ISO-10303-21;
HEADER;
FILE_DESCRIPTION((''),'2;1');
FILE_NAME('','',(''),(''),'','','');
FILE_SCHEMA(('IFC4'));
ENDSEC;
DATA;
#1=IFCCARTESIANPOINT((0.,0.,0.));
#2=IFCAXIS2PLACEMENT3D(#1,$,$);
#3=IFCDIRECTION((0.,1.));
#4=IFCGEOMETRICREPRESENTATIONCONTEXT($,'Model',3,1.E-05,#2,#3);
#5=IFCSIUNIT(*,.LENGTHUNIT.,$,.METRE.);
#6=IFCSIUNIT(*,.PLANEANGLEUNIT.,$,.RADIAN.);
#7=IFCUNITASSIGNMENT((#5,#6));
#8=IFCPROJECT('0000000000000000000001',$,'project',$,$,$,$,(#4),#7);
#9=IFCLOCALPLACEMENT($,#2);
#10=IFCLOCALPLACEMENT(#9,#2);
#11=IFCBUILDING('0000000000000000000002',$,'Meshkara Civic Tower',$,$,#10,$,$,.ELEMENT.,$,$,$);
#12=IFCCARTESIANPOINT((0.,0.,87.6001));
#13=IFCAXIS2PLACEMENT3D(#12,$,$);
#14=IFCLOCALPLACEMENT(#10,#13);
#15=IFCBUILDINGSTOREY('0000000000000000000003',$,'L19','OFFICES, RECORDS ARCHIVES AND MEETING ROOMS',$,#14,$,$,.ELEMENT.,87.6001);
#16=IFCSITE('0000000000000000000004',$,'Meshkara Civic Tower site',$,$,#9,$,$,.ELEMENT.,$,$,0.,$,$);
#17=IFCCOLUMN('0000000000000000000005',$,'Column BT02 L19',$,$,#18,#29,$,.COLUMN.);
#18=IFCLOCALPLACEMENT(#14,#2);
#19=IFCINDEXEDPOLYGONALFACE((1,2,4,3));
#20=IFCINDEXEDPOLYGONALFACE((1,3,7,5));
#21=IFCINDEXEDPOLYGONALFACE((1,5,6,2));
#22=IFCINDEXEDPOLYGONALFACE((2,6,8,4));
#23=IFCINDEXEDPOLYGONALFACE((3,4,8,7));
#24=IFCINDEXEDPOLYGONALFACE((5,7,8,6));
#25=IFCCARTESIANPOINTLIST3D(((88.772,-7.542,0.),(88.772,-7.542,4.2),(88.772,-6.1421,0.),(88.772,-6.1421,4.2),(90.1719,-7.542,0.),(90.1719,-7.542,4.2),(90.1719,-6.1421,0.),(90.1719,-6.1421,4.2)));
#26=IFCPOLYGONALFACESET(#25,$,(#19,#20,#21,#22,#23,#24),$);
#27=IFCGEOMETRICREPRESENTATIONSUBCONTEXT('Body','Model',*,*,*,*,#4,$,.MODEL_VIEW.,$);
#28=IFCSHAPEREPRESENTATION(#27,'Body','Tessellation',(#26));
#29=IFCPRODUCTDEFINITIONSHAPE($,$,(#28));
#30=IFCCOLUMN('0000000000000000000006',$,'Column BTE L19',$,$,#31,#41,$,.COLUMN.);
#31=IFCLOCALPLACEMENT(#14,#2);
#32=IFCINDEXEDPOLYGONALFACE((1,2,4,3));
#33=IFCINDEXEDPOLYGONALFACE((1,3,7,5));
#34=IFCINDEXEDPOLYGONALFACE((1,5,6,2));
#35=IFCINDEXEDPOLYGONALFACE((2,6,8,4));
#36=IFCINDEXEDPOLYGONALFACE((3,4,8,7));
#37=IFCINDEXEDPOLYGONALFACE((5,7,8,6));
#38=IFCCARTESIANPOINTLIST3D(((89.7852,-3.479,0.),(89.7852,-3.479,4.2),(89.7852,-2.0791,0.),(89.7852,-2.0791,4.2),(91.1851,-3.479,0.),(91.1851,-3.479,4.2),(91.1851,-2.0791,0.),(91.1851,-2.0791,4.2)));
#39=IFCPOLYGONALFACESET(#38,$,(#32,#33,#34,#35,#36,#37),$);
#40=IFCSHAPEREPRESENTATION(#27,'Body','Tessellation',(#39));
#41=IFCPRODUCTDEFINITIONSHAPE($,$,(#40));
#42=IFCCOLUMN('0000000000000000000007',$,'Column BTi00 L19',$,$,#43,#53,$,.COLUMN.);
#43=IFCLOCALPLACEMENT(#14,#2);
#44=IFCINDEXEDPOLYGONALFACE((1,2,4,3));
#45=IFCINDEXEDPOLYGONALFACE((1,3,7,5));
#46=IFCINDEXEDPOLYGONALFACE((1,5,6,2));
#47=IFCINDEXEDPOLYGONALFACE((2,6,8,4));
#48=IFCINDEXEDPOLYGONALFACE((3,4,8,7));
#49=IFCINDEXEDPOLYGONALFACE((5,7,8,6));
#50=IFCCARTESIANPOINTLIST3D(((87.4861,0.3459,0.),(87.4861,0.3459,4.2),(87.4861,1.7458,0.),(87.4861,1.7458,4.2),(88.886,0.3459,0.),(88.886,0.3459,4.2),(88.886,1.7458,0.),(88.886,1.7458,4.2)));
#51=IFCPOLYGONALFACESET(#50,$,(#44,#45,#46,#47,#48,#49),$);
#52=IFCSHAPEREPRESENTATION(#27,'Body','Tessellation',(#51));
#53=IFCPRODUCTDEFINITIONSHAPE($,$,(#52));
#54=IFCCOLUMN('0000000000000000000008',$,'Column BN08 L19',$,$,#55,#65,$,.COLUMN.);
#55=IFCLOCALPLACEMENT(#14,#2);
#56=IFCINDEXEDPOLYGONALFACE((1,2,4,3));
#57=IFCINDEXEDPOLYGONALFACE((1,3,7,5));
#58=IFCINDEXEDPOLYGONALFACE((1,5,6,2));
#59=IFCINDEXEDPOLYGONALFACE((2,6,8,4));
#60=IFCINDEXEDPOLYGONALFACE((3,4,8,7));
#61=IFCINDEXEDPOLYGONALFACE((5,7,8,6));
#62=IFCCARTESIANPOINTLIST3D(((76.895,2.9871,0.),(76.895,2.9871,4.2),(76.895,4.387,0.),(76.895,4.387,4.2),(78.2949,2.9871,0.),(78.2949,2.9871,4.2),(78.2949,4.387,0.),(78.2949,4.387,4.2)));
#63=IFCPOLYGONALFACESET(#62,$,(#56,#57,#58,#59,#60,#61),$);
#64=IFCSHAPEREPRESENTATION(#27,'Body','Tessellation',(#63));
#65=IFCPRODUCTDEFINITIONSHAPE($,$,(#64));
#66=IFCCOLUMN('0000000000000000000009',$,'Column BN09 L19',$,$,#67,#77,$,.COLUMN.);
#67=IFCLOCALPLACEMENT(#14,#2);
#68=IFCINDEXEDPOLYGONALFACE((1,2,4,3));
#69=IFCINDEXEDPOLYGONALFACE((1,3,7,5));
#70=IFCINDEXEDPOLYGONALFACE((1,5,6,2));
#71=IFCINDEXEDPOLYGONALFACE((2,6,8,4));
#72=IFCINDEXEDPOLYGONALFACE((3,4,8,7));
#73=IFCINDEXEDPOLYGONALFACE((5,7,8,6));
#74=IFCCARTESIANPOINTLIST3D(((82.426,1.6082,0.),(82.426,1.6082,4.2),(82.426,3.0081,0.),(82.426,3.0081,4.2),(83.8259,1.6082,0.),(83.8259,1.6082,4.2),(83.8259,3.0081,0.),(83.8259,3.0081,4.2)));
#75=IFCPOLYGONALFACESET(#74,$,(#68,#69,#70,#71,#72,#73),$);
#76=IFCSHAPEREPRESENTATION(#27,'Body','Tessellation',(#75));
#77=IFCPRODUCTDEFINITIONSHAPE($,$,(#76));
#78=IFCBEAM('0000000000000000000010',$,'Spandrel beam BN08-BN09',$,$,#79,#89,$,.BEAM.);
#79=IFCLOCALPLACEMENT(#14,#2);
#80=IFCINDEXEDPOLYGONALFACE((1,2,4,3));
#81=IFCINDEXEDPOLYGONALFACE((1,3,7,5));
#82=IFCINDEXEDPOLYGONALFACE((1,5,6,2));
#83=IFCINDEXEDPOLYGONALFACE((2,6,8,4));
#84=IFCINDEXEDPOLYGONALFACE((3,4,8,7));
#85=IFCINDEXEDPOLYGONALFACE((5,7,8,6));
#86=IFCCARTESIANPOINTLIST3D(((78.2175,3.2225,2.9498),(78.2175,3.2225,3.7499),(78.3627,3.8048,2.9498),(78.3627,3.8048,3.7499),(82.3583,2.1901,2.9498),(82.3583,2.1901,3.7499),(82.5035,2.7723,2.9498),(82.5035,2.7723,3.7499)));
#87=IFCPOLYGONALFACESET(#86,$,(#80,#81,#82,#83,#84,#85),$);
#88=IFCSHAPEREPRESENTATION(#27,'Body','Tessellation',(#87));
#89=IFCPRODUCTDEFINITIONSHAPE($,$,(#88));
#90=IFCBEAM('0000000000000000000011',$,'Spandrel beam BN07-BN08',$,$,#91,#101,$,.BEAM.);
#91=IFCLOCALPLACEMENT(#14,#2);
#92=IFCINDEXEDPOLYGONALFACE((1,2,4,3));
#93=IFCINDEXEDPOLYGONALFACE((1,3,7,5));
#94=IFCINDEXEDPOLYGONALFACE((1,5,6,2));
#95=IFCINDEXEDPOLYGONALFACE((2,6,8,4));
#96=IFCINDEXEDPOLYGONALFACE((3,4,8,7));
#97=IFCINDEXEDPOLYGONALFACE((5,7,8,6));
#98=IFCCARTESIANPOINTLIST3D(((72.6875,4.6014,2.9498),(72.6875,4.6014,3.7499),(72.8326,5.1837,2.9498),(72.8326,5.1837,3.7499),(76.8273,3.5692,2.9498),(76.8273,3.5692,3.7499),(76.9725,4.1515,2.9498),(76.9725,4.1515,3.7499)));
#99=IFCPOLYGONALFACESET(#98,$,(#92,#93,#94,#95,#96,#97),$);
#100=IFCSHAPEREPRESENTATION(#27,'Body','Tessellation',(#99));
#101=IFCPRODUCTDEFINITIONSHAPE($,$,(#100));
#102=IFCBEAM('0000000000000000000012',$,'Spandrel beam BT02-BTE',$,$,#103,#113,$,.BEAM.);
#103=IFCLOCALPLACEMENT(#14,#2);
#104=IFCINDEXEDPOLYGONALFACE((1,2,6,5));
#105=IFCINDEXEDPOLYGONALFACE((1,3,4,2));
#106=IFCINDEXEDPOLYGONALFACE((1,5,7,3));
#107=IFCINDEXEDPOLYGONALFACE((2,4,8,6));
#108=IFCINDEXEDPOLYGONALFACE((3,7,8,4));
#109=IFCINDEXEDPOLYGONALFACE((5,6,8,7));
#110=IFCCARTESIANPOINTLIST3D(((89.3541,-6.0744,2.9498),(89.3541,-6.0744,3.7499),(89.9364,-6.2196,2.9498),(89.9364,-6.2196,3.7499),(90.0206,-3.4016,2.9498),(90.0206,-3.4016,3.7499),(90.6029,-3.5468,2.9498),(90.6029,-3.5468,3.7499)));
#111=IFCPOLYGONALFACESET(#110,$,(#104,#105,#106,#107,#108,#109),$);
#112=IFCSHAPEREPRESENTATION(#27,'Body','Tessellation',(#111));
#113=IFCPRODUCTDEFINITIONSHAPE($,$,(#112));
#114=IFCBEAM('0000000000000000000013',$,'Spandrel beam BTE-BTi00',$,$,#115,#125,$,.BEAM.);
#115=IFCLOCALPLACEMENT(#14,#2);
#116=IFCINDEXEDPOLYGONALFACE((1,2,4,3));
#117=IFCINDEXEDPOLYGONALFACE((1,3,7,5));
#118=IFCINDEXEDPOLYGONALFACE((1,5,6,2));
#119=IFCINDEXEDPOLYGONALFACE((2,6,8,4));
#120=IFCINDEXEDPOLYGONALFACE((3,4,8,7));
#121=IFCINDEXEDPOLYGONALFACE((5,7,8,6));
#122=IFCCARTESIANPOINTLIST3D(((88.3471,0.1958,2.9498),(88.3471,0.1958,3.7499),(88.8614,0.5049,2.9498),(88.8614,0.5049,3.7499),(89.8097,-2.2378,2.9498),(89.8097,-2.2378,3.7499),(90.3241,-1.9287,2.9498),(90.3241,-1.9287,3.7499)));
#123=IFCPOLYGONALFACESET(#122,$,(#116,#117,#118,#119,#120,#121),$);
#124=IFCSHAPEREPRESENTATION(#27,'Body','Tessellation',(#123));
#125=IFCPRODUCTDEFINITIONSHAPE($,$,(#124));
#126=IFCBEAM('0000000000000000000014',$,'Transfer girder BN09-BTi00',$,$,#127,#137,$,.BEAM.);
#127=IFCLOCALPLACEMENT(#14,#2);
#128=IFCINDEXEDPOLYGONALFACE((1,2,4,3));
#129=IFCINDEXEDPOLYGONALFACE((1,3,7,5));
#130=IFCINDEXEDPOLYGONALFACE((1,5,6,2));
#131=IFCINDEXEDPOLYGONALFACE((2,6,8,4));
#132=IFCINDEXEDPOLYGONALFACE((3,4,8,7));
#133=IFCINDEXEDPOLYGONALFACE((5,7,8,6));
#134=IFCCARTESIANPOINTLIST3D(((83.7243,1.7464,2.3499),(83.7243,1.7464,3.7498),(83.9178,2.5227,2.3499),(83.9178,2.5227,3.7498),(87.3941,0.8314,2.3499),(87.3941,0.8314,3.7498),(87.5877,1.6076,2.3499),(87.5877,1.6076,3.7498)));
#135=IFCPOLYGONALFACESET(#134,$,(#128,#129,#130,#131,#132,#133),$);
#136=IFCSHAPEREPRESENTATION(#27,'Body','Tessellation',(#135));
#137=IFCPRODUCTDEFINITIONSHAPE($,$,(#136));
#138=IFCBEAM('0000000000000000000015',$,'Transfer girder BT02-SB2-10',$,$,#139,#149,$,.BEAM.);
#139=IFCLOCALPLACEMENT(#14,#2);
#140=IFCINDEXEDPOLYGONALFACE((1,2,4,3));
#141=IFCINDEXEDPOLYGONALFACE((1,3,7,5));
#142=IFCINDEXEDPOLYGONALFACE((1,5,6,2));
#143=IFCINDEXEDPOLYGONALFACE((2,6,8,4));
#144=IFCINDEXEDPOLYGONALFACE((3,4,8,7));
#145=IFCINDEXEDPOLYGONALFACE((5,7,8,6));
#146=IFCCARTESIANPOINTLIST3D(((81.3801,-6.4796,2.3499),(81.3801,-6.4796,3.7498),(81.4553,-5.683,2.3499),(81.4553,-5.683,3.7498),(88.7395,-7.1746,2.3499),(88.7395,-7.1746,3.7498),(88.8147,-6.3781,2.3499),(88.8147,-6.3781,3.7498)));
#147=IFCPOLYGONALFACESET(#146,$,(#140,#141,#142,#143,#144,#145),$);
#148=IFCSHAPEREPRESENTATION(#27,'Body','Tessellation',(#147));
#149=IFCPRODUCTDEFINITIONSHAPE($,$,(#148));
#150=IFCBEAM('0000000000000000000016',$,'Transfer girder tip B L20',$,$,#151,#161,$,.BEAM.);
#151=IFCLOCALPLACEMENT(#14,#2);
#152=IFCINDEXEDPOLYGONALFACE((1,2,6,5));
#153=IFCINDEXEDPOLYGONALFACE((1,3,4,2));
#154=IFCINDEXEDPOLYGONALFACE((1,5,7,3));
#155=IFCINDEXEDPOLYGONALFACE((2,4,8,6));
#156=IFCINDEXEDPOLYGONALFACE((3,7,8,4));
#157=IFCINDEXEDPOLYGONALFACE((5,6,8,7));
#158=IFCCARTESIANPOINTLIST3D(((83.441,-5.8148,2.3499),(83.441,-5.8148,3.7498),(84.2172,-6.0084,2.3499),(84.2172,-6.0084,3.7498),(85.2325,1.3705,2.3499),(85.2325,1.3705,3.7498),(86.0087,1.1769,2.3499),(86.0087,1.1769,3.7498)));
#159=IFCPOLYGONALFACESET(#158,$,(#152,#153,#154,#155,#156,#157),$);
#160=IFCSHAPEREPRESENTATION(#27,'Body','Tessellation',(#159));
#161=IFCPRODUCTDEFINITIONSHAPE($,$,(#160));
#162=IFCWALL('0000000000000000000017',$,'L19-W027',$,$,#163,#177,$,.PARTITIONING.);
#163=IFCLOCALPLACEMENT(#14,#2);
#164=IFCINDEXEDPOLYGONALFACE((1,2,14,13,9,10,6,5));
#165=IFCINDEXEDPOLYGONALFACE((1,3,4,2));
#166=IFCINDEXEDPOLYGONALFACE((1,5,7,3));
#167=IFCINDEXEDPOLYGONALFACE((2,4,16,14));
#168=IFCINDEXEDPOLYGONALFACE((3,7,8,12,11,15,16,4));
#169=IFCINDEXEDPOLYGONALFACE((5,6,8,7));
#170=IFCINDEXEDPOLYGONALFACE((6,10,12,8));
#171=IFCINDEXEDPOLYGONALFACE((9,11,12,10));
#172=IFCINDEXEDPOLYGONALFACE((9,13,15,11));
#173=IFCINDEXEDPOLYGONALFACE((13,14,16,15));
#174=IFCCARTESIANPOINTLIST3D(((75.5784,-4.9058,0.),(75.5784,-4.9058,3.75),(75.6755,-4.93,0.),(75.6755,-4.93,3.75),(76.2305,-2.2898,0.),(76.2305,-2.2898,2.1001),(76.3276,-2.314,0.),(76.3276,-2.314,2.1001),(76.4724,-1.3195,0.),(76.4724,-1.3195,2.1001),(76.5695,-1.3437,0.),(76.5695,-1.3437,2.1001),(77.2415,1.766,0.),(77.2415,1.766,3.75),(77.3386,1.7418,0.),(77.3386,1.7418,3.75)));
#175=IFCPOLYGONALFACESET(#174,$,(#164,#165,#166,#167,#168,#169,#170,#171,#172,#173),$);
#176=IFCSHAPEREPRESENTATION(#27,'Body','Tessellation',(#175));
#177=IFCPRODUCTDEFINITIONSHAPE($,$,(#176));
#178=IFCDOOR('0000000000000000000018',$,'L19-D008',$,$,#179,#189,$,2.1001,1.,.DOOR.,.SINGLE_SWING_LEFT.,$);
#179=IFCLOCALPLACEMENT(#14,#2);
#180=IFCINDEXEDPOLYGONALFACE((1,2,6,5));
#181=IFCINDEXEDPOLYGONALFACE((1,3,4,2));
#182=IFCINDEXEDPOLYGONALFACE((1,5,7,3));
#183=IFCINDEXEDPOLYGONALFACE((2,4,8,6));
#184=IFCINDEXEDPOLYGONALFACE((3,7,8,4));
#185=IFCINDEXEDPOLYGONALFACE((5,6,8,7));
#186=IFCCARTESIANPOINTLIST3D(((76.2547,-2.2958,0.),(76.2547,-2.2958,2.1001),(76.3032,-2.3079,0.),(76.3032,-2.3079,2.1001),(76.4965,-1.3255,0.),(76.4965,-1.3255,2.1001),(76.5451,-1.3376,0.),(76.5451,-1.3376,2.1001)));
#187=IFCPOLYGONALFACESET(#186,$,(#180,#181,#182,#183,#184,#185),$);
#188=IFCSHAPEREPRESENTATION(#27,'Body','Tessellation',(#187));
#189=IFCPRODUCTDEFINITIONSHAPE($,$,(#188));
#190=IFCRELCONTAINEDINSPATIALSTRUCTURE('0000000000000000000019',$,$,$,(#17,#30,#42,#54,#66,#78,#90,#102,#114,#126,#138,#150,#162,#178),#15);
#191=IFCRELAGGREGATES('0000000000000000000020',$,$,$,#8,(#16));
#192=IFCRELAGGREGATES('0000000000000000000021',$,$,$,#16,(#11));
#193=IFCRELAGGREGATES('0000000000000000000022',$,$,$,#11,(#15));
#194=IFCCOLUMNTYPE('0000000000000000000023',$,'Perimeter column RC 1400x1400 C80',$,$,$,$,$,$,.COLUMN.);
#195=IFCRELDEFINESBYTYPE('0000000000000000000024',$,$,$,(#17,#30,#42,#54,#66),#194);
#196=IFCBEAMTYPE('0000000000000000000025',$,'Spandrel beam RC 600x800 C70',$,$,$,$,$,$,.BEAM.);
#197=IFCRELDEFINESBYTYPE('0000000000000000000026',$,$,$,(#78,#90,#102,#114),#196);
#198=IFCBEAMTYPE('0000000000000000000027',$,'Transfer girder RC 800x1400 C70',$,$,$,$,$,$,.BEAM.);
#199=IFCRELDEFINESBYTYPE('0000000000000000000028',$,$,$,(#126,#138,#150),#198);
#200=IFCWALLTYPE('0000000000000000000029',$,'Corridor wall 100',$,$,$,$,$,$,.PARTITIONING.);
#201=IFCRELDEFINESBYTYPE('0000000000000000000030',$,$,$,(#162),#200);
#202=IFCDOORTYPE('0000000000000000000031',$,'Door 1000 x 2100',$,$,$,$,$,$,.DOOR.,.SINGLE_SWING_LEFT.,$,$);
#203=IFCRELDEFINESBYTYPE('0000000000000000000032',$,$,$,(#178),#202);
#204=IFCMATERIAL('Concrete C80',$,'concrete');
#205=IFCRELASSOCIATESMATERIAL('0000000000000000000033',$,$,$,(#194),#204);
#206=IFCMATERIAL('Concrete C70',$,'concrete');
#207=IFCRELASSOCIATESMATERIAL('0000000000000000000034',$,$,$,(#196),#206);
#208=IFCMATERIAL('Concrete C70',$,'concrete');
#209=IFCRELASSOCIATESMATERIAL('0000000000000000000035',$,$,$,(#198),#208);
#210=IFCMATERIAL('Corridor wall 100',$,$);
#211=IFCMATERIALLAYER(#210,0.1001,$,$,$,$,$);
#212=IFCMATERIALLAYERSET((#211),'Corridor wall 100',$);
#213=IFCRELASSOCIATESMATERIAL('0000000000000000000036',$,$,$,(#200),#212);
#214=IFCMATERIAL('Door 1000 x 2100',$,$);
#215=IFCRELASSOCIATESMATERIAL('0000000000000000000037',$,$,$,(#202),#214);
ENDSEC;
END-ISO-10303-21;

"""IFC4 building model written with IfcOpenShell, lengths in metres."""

from ifc_helpers import new_model, si_unit, direction, frame, frame_2d, origin, origin_2d, place, context, subcontext, project, spatial, rectangle, extrude, material, layer, layer_set, material_profile, profile_set, type_object, element, fill, save


model = new_model("IFC4")

# Units and contexts
model_context = context("Model", 3, precision=1e-05, world=origin(), true_north=direction((0.0, 1.0)))
body_context = subcontext(model_context, "Body", "Model", "MODEL_VIEW")
ifc_project = project(units=[si_unit("LENGTHUNIT", "METRE"), si_unit("PLANEANGLEUNIT", "RADIAN")], contexts=[model_context])

# Site, building, storey
site_placement = place(None, origin())
site = spatial("IfcSite", under=ifc_project, at=site_placement, Name="Meshkara Civic Tower site", CompositionType="ELEMENT", RefElevation=0.0)
building_placement = place(site_placement, origin())
building = spatial("IfcBuilding", under=site, at=building_placement, Name="Meshkara Civic Tower", CompositionType="ELEMENT")
storey_placement = place(building_placement, frame((0.0, 0.0, 87.6001)))
storey = spatial("IfcBuildingStorey", under=building, at=storey_placement, Name="L19", Description="OFFICES, RECORDS ARCHIVES AND MEETING ROOMS", CompositionType="ELEMENT", Elevation=87.6001)

# Columns
ifc_material_1 = material(Name="Concrete C80", Category="concrete")
ifc_material_profile_1 = material_profile(ifc_material_1, rectangle(XDim=1.3999, YDim=1.3999, at=origin_2d()))
ifc_profile_set_1 = profile_set([ifc_material_profile_1], Name="Concrete C80")
column_type = type_object("IfcColumnType", Name="Perimeter column RC 1400x1400 C80", PredefinedType="COLUMN", material=ifc_profile_set_1)
for number, where, z_axis, x_axis, name in (
    (1, (89.4719, -6.842, 0.0), (0.0, 0.0, 1.0), (1.0, 0.0, 0.0), "Column BT02 L19"),
    (2, (90.4851, -2.7791, 0.0), (0.0, 0.0, 1.0), (1.0, 0.0, 0.0), "Column BTE L19"),
    (3, (88.186, 1.0459, 0.0), (0.0, 0.0, 1.0), (1.0, 0.0, 0.0), "Column BTi00 L19"),
    (4, (77.595, 3.687, 0.0), (0.0, 0.0, 1.0), (1.0, 0.0, 0.0), "Column BN08 L19"),
    (5, (83.126, 2.3081, 0.0), (0.0, 0.0, 1.0), (1.0, 0.0, 0.0), "Column BN09 L19"),
):
    element("IfcColumn", number, at=place(storey_placement, frame(where, z_axis=z_axis, x_axis=x_axis)), inside=storey, type_object=column_type, Name=name, PredefinedType="COLUMN", context=body_context, shape_type="SweptSolid", body=[
        extrude(rectangle(XDim=1.3999, YDim=1.3999, at=origin_2d()), origin(), (0.0, 0.0, 1.0), 4.2),
    ])

# Beams
ifc_material_2 = material(Name="Concrete C70", Category="concrete")
ifc_material_profile_2 = material_profile(ifc_material_2, rectangle(XDim=0.6001, YDim=0.8, at=origin_2d()))
ifc_profile_set_2 = profile_set([ifc_material_profile_2], Name="Concrete C70")
beam_type_1 = type_object("IfcBeamType", Name="Spandrel beam RC 600x800 C70", PredefinedType="BEAM", material=ifc_profile_set_2)
beam_1_placement = place(storey_placement, frame((82.4309, 2.4812, 3.3499), z_axis=(-0.970294, 0.24193, 0.0), x_axis=(-0.24193, -0.970294, 0.0)))
element("IfcBeam", 6, at=beam_1_placement, inside=storey, type_object=beam_type_1, Name="Spandrel beam BN08-BN09", PredefinedType="BEAM", context=body_context, shape_type="SweptSolid", body=[
    extrude(rectangle(XDim=0.6001, YDim=0.8, at=origin_2d()), origin(), (0.0, 0.0, 1.0), 4.2676),
])
beam_2_placement = place(storey_placement, frame((76.8999, 3.8604, 3.3499), z_axis=(-0.970294, 0.24193, 0.0), x_axis=(-0.24193, -0.970294, 0.0)))
element("IfcBeam", 7, at=beam_2_placement, inside=storey, type_object=beam_type_1, Name="Spandrel beam BN07-BN08", PredefinedType="BEAM", context=body_context, shape_type="SweptSolid", body=[
    extrude(rectangle(XDim=0.6001, YDim=0.8, at=origin_2d()), origin(), (0.0, 0.0, 1.0), 4.2666),
])
beam_3_placement = place(storey_placement, frame((89.6453, -6.147, 3.3499), z_axis=(0.241952, 0.970288, 0.0), x_axis=(-0.970288, 0.241952, 0.0)))
element("IfcBeam", 8, at=beam_3_placement, inside=storey, type_object=beam_type_1, Name="Spandrel beam BT02-BTE", PredefinedType="BEAM", context=body_context, shape_type="SweptSolid", body=[
    extrude(rectangle(XDim=0.6001, YDim=0.8, at=origin_2d()), origin(), (0.0, 0.0, 1.0), 2.7546),
])
beam_4_placement = place(storey_placement, frame((90.0669, -2.0833, 3.3499), z_axis=(-0.515141, 0.857106, 0.0), x_axis=(-0.857106, -0.515141, 0.0)))
element("IfcBeam", 9, at=beam_4_placement, inside=storey, type_object=beam_type_1, Name="Spandrel beam BTE-BTi00", PredefinedType="BEAM", context=body_context, shape_type="SweptSolid", body=[
    extrude(rectangle(XDim=0.6001, YDim=0.8, at=origin_2d()), origin(), (0.0, 0.0, 1.0), 2.8394),
])
ifc_material_3 = material(Name="Concrete C70", Category="concrete")
ifc_material_profile_3 = material_profile(ifc_material_3, rectangle(XDim=0.8, YDim=1.3999, at=origin_2d()))
ifc_profile_set_3 = profile_set([ifc_material_profile_3], Name="Concrete C70")
beam_type_2 = type_object("IfcBeamType", Name="Transfer girder RC 800x1400 C70", PredefinedType="BEAM", material=ifc_profile_set_3)
beam_5_placement = place(storey_placement, frame((83.821, 2.1345, 3.0498), z_axis=(0.970294, -0.241928, 0.0), x_axis=(0.241928, 0.970294, 0.0)))
element("IfcBeam", 10, at=beam_5_placement, inside=storey, type_object=beam_type_2, Name="Transfer girder BN09-BTi00", PredefinedType="BEAM", context=body_context, shape_type="SweptSolid", body=[
    extrude(rectangle(XDim=0.8, YDim=1.3999, at=origin_2d()), origin(), (0.0, 0.0, 1.0), 3.7822),
])
beam_6_placement = place(storey_placement, frame((81.4177, -6.0813, 3.0498), z_axis=(0.99557, -0.094028, 0.0), x_axis=(0.094028, 0.99557, 0.0)))
element("IfcBeam", 11, at=beam_6_placement, inside=storey, type_object=beam_type_2, Name="Transfer girder BT02-SB2-10", PredefinedType="BEAM", context=body_context, shape_type="SweptSolid", body=[
    extrude(rectangle(XDim=0.8, YDim=1.3999, at=origin_2d()), origin(), (0.0, 0.0, 1.0), 7.3921),
])
beam_7_placement = place(storey_placement, frame((83.8291, -5.9116, 3.0498), z_axis=(0.241923, 0.970296, 0.0), x_axis=(-0.970296, 0.241923, 0.0)))
element("IfcBeam", 12, at=beam_7_placement, inside=storey, type_object=beam_type_2, Name="Transfer girder tip B L20", PredefinedType="BEAM", context=body_context, shape_type="SweptSolid", body=[
    extrude(rectangle(XDim=0.8, YDim=1.3999, at=origin_2d()), origin(), (0.0, 0.0, 1.0), 7.4053),
])

# Wall, opening, door
ifc_material_4 = material(Name="Corridor wall 100")
ifc_layer_1 = layer(ifc_material_4, 0.1001)
ifc_layer_set_1 = layer_set([ifc_layer_1], Name="Corridor wall 100")
wall_type_1 = type_object("IfcWallType", Name="Corridor wall 100", PredefinedType="PARTITIONING", material=ifc_layer_set_1)
wall_1_placement = place(storey_placement, frame((77.29, 1.7539, 0.0), z_axis=(0.0, 0.0, 1.0), x_axis=(-0.241867, -0.970309, 0.0)))
wall_1 = element("IfcWall", 13, at=wall_1_placement, inside=storey, type_object=wall_type_1, Name="L19-W027", PredefinedType="PARTITIONING", context=body_context, shape_type="SweptSolid", body=[
    extrude(rectangle(XDim=6.876, YDim=0.1001, at=frame_2d((3.438, 0.0))), origin(), (0.0, 0.0, 1.0), 3.75),
])
opening_1_placement = place(wall_1_placement, frame((3.1799, 0.0, 0.0)))
opening_1 = element("IfcOpeningElement", 14, at=opening_1_placement, cuts=wall_1, PredefinedType="OPENING", context=body_context, shape_type="SweptSolid", body=[
    extrude(rectangle(XDim=1.0, YDim=2.1001, at=frame_2d((0.5, 1.05))), frame((0.0, 0.0601, 0.0), z_axis=(0.0, -1.0, 0.0), x_axis=(1.0, 0.0, 0.0)), (0.0, 0.0, 1.0), 0.1201),
])
ifc_material_5 = material(Name="Door 1000 x 2100")
door_type_1 = type_object("IfcDoorType", Name="Door 1000 x 2100", OperationType="SINGLE_SWING_LEFT", PredefinedType="DOOR", material=ifc_material_5)
door_1_placement = place(opening_1_placement, origin())
door_1 = element("IfcDoor", 15, at=door_1_placement, inside=storey, type_object=door_type_1, Name="L19-D008", OperationType="SINGLE_SWING_LEFT", OverallHeight=2.1001, OverallWidth=1.0, PredefinedType="DOOR", context=body_context, shape_type="SweptSolid", body=[
    extrude(rectangle(XDim=1.0, YDim=2.1001, at=frame_2d((0.5, 1.05))), frame((0.0, 0.0249, 0.0), z_axis=(0.0, -1.0, 0.0), x_axis=(1.0, 0.0, 0.0)), (0.0, 0.0, 1.0), 0.05),
])
fill(opening_1, door_1)

save(model, "model.ifc")
